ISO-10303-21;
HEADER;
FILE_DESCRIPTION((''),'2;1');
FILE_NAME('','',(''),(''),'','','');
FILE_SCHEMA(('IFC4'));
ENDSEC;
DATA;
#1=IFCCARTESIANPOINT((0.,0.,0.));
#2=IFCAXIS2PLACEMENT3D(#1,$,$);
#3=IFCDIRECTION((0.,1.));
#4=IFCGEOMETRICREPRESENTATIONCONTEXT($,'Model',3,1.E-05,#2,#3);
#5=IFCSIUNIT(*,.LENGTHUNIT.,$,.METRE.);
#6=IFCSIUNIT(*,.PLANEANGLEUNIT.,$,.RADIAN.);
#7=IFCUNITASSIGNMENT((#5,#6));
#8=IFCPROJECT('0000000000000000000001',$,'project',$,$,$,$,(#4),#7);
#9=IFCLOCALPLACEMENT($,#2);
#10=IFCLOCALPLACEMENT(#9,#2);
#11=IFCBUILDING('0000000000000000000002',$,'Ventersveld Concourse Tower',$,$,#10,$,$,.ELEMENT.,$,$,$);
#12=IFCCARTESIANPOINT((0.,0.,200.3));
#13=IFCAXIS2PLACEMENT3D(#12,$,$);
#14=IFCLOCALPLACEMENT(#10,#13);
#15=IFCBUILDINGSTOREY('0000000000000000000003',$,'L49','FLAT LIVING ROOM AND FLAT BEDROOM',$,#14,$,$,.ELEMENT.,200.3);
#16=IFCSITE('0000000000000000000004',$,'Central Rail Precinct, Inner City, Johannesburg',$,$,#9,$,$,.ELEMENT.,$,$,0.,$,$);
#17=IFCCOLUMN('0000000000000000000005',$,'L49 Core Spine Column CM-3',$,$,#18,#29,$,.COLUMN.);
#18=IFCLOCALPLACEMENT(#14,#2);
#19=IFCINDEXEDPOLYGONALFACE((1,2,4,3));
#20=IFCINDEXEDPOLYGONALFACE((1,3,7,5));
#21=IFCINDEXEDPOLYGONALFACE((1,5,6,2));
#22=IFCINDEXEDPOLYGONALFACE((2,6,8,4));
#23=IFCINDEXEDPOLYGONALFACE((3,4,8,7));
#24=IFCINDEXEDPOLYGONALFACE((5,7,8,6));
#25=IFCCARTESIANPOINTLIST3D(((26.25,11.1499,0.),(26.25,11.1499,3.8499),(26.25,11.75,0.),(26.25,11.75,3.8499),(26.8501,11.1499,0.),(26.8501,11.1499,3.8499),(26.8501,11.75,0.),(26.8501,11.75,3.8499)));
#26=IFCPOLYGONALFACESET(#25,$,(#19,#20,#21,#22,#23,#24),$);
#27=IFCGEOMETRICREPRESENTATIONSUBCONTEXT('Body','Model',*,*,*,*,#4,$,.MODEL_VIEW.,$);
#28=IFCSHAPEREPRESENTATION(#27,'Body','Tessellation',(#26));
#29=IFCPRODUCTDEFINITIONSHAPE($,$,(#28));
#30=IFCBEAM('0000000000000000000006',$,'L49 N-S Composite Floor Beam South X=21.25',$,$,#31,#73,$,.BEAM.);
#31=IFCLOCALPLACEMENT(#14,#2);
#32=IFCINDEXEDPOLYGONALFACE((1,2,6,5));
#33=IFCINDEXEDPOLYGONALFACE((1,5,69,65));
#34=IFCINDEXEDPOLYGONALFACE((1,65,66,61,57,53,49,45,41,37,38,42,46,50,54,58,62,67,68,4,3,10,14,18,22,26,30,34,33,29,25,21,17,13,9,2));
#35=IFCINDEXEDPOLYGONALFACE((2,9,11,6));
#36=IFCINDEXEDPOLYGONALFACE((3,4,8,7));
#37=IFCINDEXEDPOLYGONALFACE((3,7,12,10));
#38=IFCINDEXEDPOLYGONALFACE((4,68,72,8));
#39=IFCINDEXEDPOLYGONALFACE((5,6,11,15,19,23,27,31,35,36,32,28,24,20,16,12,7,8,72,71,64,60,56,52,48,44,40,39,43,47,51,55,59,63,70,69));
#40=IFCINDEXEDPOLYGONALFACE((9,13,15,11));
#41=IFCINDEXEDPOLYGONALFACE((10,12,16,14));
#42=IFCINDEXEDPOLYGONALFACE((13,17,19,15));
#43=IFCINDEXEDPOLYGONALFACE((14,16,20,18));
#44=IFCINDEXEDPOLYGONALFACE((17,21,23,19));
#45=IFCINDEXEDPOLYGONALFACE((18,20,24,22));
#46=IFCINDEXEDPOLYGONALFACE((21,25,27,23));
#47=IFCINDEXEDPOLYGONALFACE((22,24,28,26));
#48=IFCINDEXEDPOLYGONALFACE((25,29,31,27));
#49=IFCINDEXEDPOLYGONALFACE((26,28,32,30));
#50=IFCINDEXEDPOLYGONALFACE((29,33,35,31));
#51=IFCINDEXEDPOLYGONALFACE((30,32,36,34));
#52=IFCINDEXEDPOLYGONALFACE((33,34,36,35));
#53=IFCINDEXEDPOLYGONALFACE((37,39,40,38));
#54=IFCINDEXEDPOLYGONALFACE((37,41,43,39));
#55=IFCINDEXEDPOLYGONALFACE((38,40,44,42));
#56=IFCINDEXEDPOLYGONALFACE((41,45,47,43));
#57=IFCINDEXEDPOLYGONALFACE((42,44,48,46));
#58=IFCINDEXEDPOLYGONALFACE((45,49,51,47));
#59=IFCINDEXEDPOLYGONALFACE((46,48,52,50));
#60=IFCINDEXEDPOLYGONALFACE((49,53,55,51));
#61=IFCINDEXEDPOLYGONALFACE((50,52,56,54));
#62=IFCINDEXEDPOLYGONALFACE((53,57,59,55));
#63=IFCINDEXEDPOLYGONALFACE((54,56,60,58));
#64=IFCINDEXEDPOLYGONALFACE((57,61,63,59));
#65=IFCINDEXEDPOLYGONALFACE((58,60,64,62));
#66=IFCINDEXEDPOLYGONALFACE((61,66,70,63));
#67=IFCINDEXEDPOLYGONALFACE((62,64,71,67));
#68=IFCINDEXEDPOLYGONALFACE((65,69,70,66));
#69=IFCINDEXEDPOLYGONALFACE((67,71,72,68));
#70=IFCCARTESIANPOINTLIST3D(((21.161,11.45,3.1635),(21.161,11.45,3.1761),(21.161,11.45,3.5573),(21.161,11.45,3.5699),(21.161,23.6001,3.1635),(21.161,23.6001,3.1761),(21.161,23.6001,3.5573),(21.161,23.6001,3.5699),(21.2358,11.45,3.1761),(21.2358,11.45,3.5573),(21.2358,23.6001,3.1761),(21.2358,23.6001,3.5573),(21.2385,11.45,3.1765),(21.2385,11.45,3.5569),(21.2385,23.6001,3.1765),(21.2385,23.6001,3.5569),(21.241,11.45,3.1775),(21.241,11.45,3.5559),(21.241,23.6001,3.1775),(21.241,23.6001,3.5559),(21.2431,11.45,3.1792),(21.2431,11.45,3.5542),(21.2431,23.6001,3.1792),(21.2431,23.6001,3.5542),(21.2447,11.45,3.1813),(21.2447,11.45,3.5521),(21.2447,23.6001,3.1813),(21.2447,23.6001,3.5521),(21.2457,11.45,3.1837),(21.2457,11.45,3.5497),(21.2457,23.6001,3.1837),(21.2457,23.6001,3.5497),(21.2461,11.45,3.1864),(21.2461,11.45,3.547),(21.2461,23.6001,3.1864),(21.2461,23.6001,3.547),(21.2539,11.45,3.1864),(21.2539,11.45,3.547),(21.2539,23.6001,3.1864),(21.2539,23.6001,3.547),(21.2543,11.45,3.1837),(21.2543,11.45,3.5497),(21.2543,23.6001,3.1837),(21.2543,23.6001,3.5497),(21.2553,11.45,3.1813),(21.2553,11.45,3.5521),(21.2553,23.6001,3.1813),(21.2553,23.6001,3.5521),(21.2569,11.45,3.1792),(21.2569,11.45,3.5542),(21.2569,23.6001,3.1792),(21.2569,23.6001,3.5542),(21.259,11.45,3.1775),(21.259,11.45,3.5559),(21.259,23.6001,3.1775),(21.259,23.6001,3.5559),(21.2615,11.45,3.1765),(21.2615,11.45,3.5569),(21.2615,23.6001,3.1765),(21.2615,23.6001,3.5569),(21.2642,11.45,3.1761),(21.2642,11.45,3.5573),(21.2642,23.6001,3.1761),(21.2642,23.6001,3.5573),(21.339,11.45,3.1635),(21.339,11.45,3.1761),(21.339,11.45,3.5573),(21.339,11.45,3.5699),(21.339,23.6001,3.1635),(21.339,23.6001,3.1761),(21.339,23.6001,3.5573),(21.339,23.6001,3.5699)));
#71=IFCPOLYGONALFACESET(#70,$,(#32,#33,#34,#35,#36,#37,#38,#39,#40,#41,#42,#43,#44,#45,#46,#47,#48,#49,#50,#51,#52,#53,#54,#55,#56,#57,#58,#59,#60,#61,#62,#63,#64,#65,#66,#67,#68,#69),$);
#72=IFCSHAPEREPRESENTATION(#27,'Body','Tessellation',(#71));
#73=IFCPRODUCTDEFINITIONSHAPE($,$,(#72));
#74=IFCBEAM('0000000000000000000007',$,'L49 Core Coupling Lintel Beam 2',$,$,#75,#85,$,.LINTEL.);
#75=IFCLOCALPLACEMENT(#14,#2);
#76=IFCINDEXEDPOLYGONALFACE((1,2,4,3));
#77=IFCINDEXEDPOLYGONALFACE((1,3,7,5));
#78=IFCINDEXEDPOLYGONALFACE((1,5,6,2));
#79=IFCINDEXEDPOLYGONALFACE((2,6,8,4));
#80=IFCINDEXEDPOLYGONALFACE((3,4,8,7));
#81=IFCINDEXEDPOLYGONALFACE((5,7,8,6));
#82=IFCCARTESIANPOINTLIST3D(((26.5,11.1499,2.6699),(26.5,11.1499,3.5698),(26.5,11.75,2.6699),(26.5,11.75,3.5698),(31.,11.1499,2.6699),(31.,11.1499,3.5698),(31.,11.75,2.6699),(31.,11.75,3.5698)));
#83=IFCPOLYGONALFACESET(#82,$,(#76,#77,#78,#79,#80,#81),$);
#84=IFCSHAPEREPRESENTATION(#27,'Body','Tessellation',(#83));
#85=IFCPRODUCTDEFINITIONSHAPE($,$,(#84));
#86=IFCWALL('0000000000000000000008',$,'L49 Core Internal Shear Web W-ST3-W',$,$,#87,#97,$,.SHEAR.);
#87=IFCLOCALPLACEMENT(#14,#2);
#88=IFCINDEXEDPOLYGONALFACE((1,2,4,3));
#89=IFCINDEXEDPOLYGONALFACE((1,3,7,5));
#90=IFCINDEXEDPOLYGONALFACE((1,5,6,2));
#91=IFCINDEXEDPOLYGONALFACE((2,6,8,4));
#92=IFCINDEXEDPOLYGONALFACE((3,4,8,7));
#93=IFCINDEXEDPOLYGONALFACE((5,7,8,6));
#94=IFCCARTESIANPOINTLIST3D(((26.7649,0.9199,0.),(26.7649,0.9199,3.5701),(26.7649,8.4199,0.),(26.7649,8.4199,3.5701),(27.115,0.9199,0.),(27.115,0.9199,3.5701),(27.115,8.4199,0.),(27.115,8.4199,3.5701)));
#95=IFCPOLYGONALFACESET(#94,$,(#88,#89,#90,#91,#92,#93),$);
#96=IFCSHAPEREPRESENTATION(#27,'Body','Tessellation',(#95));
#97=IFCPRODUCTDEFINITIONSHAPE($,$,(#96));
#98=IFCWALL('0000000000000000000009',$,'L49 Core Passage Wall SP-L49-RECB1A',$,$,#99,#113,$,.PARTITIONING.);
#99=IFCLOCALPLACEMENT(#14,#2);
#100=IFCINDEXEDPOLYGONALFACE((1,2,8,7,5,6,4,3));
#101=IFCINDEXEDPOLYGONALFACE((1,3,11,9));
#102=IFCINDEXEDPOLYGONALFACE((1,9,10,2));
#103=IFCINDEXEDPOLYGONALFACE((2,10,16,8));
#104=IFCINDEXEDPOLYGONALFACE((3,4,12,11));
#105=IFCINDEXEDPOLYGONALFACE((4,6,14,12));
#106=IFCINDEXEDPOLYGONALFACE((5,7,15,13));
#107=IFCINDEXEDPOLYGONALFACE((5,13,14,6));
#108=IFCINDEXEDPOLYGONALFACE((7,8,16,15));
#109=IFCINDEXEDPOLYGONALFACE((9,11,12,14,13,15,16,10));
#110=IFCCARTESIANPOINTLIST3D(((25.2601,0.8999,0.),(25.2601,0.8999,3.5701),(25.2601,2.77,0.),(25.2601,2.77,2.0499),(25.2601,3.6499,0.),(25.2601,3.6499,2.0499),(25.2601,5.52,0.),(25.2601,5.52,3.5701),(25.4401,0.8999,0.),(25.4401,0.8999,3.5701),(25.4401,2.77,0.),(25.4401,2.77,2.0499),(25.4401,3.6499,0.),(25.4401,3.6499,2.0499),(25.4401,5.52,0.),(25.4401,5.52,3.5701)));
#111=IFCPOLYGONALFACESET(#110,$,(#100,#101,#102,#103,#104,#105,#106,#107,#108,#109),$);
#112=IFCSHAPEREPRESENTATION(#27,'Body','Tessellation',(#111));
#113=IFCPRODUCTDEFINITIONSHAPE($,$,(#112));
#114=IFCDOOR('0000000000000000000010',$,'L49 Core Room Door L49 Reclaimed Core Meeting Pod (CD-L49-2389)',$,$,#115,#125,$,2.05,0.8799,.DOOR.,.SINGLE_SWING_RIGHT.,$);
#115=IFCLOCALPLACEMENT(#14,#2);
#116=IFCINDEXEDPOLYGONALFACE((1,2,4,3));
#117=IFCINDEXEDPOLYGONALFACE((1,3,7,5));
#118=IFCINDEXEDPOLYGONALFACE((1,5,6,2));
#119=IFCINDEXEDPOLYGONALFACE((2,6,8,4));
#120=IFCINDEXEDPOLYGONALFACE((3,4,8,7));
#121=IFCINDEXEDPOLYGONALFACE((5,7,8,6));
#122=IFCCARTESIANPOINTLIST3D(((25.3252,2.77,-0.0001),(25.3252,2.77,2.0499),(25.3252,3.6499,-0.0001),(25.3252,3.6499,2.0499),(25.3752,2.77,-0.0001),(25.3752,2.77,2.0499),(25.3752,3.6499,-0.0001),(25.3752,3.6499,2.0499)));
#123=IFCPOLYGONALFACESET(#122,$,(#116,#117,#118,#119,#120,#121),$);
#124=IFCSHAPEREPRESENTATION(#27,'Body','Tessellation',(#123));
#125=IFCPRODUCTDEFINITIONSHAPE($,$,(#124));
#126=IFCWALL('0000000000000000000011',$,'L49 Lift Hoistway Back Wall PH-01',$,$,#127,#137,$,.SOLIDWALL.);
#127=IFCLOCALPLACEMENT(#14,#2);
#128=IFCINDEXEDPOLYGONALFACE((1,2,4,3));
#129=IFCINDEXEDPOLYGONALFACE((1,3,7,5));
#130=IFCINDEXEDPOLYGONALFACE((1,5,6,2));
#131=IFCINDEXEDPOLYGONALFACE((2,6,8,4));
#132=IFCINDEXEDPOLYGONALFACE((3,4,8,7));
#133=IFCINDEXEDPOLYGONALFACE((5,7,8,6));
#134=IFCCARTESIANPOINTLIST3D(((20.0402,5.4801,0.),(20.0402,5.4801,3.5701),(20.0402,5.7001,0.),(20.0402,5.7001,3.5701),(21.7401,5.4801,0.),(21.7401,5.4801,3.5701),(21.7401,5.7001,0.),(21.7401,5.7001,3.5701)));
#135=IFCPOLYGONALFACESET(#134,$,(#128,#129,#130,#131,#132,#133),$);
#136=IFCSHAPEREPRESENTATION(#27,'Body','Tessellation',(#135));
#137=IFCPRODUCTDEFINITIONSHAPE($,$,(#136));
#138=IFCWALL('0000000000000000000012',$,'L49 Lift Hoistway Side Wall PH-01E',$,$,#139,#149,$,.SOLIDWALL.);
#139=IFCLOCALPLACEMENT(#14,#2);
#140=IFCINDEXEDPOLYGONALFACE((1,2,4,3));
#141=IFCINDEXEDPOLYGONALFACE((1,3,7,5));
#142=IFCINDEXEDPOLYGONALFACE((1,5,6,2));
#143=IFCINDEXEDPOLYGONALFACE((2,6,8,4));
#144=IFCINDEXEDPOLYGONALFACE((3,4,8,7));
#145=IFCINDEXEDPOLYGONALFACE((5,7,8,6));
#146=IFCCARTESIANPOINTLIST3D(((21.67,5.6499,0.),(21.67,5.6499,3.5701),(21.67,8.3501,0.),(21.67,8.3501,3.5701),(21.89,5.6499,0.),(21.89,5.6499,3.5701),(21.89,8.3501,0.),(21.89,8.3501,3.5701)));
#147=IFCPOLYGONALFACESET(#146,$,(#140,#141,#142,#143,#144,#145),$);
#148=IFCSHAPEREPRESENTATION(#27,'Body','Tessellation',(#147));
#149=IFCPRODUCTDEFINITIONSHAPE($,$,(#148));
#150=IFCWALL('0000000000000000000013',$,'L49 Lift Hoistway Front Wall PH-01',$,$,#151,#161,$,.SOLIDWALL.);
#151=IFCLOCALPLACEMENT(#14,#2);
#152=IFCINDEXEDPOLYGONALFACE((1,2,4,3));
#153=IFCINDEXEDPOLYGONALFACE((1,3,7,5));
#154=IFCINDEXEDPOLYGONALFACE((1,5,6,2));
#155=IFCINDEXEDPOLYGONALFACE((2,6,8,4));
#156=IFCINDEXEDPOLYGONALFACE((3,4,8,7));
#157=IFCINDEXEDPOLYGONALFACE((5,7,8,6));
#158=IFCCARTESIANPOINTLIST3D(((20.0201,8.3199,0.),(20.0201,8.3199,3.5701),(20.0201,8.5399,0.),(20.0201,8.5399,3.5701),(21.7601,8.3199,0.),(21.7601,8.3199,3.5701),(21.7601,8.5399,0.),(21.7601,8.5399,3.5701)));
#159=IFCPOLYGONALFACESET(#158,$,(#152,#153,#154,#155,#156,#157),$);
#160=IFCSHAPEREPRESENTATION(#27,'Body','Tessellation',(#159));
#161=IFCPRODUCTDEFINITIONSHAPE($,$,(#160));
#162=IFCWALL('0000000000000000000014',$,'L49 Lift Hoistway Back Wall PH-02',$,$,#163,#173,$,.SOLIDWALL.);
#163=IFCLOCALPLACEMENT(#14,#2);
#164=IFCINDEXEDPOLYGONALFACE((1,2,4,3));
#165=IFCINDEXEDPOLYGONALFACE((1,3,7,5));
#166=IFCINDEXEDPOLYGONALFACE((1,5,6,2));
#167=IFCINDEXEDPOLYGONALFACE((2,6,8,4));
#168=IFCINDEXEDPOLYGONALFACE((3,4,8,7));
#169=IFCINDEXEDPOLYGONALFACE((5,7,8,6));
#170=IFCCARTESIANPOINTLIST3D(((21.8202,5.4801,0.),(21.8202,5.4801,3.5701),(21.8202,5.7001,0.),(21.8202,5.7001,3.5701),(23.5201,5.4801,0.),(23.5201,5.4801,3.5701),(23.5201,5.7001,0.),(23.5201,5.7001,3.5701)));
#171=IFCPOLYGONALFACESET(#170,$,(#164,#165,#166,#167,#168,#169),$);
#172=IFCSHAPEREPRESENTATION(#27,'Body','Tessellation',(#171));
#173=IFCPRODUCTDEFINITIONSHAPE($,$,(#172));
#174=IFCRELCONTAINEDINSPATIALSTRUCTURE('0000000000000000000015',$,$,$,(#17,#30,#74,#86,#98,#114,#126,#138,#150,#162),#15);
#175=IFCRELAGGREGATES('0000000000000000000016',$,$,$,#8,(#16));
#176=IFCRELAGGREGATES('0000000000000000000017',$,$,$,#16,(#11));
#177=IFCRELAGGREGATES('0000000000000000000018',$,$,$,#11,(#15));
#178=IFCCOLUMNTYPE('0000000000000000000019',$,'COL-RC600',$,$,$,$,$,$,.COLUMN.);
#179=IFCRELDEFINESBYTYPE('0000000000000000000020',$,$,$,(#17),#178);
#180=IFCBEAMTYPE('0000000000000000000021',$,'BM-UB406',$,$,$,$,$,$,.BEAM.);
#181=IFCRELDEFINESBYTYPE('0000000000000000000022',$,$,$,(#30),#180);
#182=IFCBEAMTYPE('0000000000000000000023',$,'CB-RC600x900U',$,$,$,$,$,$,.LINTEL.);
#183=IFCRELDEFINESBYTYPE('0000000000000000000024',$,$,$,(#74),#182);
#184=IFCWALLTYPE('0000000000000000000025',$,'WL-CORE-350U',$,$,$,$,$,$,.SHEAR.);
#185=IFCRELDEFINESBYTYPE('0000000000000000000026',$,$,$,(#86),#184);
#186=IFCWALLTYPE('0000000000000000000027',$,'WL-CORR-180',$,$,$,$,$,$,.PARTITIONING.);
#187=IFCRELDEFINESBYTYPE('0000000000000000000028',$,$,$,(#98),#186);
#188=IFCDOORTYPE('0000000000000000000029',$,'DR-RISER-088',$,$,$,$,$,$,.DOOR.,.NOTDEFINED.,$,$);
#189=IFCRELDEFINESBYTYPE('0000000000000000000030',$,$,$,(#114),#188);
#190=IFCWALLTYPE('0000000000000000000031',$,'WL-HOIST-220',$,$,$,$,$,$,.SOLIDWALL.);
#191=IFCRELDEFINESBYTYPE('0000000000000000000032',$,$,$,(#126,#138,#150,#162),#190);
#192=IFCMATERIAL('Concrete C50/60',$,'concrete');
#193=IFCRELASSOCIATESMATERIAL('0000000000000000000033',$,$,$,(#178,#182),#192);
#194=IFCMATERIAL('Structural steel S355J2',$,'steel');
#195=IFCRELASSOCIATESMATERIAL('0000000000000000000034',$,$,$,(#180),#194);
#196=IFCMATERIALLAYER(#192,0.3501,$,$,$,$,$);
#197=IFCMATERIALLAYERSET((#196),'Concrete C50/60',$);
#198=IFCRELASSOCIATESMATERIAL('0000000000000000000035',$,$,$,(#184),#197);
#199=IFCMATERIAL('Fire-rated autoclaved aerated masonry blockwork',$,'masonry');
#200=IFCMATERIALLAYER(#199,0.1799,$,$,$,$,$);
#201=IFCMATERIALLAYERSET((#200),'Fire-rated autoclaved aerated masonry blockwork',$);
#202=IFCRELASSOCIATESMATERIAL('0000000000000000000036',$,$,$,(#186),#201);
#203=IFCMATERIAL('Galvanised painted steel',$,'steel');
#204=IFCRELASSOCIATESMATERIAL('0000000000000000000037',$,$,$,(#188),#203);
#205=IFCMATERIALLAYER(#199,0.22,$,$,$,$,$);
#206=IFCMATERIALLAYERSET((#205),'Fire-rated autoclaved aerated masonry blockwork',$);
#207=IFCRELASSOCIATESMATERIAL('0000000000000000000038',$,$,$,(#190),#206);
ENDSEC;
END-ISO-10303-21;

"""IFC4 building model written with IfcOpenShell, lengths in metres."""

from ifc_helpers import new_model, si_unit, direction, frame, frame_2d, origin, origin_2d, place, context, subcontext, project, spatial, rectangle, i_section, extrude, material, layer, layer_set, material_profile, profile_set, type_object, element, fill, save


model = new_model("IFC4")

# Units and contexts
model_context = context("Model", 3, precision=1e-05, world=origin(), true_north=direction((0.0, 1.0)))
body_context = subcontext(model_context, "Body", "Model", "MODEL_VIEW")
ifc_project = project(units=[si_unit("LENGTHUNIT", "METRE"), si_unit("PLANEANGLEUNIT", "RADIAN")], contexts=[model_context])

# Site, building, storey
site_placement = place(None, origin())
site = spatial("IfcSite", under=ifc_project, at=site_placement, Name="Central Rail Precinct, Inner City, Johannesburg", CompositionType="ELEMENT", RefElevation=0.0)
building_placement = place(site_placement, origin())
building = spatial("IfcBuilding", under=site, at=building_placement, Name="Ventersveld Concourse Tower", CompositionType="ELEMENT")
storey_placement = place(building_placement, frame((0.0, 0.0, 200.3)))
storey = spatial("IfcBuildingStorey", under=building, at=storey_placement, Name="L49", Description="FLAT LIVING ROOM AND FLAT BEDROOM", CompositionType="ELEMENT", Elevation=200.3)

# Column
ifc_material_1 = material(Name="Concrete C50/60", Category="concrete")
ifc_material_profile_1 = material_profile(ifc_material_1, rectangle(XDim=0.6001, YDim=0.6001, at=origin_2d()), Name="RC 600x600")
ifc_profile_set_1 = profile_set([ifc_material_profile_1], Name="Concrete C50/60")
column_type = type_object("IfcColumnType", Name="COL-RC600", PredefinedType="COLUMN", material=ifc_profile_set_1)
column_placement = place(storey_placement, frame((26.55, 11.45, 0.0), z_axis=(0.0, 0.0, 1.0), x_axis=(1.0, 0.0, 0.0)))
element("IfcColumn", 1, at=column_placement, inside=storey, type_object=column_type, Name="L49 Core Spine Column CM-3", PredefinedType="COLUMN", context=body_context, shape_type="SweptSolid", body=[
    extrude(rectangle(XDim=0.6001, YDim=0.6001, at=origin_2d()), origin(), (0.0, 0.0, 1.0), 3.8499),
])

# Beams
ifc_material_2 = material(Name="Structural steel S355J2", Category="steel")
ifc_material_profile_2 = material_profile(ifc_material_2, i_section(OverallWidth=0.178, OverallDepth=0.4065, WebThickness=0.0078, FlangeThickness=0.0127, FilletRadius=0.0103, at=origin_2d()), Name="UB 406x178x60")
ifc_profile_set_2 = profile_set([ifc_material_profile_2], Name="Structural steel S355J2")
beam_type_1 = type_object("IfcBeamType", Name="BM-UB406", PredefinedType="BEAM", material=ifc_profile_set_2)
beam_1_placement = place(storey_placement, frame((21.25, 11.45, 3.3667), z_axis=(0.0, 1.0, 0.0), x_axis=(-1.0, 0.0, 0.0)))
element("IfcBeam", 2, at=beam_1_placement, inside=storey, type_object=beam_type_1, Name="L49 N-S Composite Floor Beam South X=21.25", PredefinedType="BEAM", context=body_context, shape_type="SweptSolid", body=[
    extrude(i_section(OverallWidth=0.178, OverallDepth=0.4065, WebThickness=0.0078, FlangeThickness=0.0127, FilletRadius=0.0103, at=origin_2d()), origin(), (0.0, 0.0, 1.0), 12.1501),
])
ifc_material_profile_3 = material_profile(ifc_material_1, rectangle(XDim=0.6001, YDim=0.8999, at=origin_2d()), Name="RC 600x900")
ifc_profile_set_3 = profile_set([ifc_material_profile_3], Name="Concrete C50/60")
beam_type_2 = type_object("IfcBeamType", Name="CB-RC600x900U", PredefinedType="LINTEL", material=ifc_profile_set_3)
beam_2_placement = place(storey_placement, frame((26.5, 11.45, 3.1199), z_axis=(1.0, 0.0, 0.0), x_axis=(0.0, 1.0, 0.0)))
element("IfcBeam", 3, at=beam_2_placement, inside=storey, type_object=beam_type_2, Name="L49 Core Coupling Lintel Beam 2", PredefinedType="LINTEL", context=body_context, shape_type="SweptSolid", body=[
    extrude(rectangle(XDim=0.6001, YDim=0.8999, at=origin_2d()), origin(), (0.0, 0.0, 1.0), 4.5),
])

# Wall
ifc_layer_1 = layer(ifc_material_1, 0.3501)
ifc_layer_set_1 = layer_set([ifc_layer_1], Name="Concrete C50/60")
wall_type_1 = type_object("IfcWallType", Name="WL-CORE-350U", PredefinedType="SHEAR", material=ifc_layer_set_1)
wall_1_placement = place(storey_placement, frame((26.9399, 0.9199, 0.0), z_axis=(0.0, 0.0, 1.0), x_axis=(0.0, 1.0, 0.0)))
element("IfcWall", 4, at=wall_1_placement, inside=storey, type_object=wall_type_1, Name="L49 Core Internal Shear Web W-ST3-W", PredefinedType="SHEAR", context=body_context, shape_type="SweptSolid", body=[
    extrude(rectangle(XDim=7.5, YDim=0.3501, at=frame_2d((3.75, 0.0))), origin(), (0.0, 0.0, 1.0), 3.5701),
])

# Wall, opening, door
ifc_material_3 = material(Name="Fire-rated autoclaved aerated masonry blockwork", Category="masonry")
ifc_layer_2 = layer(ifc_material_3, 0.1799)
ifc_layer_set_2 = layer_set([ifc_layer_2], Name="Fire-rated autoclaved aerated masonry blockwork")
wall_type_2 = type_object("IfcWallType", Name="WL-CORR-180", PredefinedType="PARTITIONING", material=ifc_layer_set_2)
wall_2_placement = place(storey_placement, frame((25.3501, 0.8999, 0.0), z_axis=(0.0, 0.0, 1.0), x_axis=(0.0, 1.0, 0.0)))
wall_2 = element("IfcWall", 5, at=wall_2_placement, inside=storey, type_object=wall_type_2, Name="L49 Core Passage Wall SP-L49-RECB1A", PredefinedType="PARTITIONING", context=body_context, shape_type="SweptSolid", body=[
    extrude(rectangle(XDim=4.6201, YDim=0.1799, at=frame_2d((2.3101, 0.0))), origin(), (0.0, 0.0, 1.0), 3.5701),
])
opening_1_placement = place(wall_2_placement, frame((1.8701, 0.0, 0.0)))
opening_1 = element("IfcOpeningElement", 6, at=opening_1_placement, cuts=wall_2, PredefinedType="OPENING", context=body_context, shape_type="SweptSolid", body=[
    extrude(rectangle(XDim=0.8799, YDim=2.05, at=frame_2d((0.4399, 1.0249))), frame((0.0, 0.1001, 0.0), z_axis=(0.0, -1.0, 0.0), x_axis=(1.0, 0.0, 0.0)), (0.0, 0.0, 1.0), 0.2),
])
ifc_material_4 = material(Name="Galvanised painted steel", Category="steel")
door_type_1 = type_object("IfcDoorType", Name="DR-RISER-088", OperationType="NOTDEFINED", PredefinedType="DOOR", material=ifc_material_4)
door_1_placement = place(opening_1_placement, origin())
door_1 = element("IfcDoor", 7, at=door_1_placement, inside=storey, type_object=door_type_1, Name="L49 Core Room Door L49 Reclaimed Core Meeting Pod (CD-L49-2389)", OperationType="SINGLE_SWING_RIGHT", OverallHeight=2.05, OverallWidth=0.8799, PredefinedType="DOOR", context=body_context, shape_type="SweptSolid", body=[
    extrude(rectangle(XDim=0.8799, YDim=2.05, at=frame_2d((0.4399, 1.0249))), frame((0.0, 0.0249, 0.0), z_axis=(0.0, -1.0, 0.0), x_axis=(1.0, 0.0, 0.0)), (0.0, 0.0, 1.0), 0.05),
])
fill(opening_1, door_1)

# Walls
ifc_layer_3 = layer(ifc_material_3, 0.22)
ifc_layer_set_3 = layer_set([ifc_layer_3], Name="Fire-rated autoclaved aerated masonry blockwork")
wall_type_3 = type_object("IfcWallType", Name="WL-HOIST-220", PredefinedType="SOLIDWALL", material=ifc_layer_set_3)
wall_3_placement = place(storey_placement, frame((20.04, 5.5901, 0.0), z_axis=(0.0, 0.0, 1.0), x_axis=(1.0, 0.0, 0.0)))
element("IfcWall", 8, at=wall_3_placement, inside=storey, type_object=wall_type_3, Name="L49 Lift Hoistway Back Wall PH-01", PredefinedType="SOLIDWALL", context=body_context, shape_type="SweptSolid", body=[
    extrude(rectangle(XDim=1.7, YDim=0.22, at=frame_2d((0.8501, 0.0))), origin(), (0.0, 0.0, 1.0), 3.5701),
])
wall_4_placement = place(storey_placement, frame((21.78, 5.6499, 0.0), z_axis=(0.0, 0.0, 1.0), x_axis=(0.0, 1.0, 0.0)))
element("IfcWall", 9, at=wall_4_placement, inside=storey, type_object=wall_type_3, Name="L49 Lift Hoistway Side Wall PH-01E", PredefinedType="SOLIDWALL", context=body_context, shape_type="SweptSolid", body=[
    extrude(rectangle(XDim=2.7002, YDim=0.22, at=frame_2d((1.3501, 0.0))), origin(), (0.0, 0.0, 1.0), 3.5701),
])
wall_5_placement = place(storey_placement, frame((20.02, 8.4299, 0.0), z_axis=(0.0, 0.0, 1.0), x_axis=(1.0, 0.0, 0.0)))
element("IfcWall", 10, at=wall_5_placement, inside=storey, type_object=wall_type_3, Name="L49 Lift Hoistway Front Wall PH-01", PredefinedType="SOLIDWALL", context=body_context, shape_type="SweptSolid", body=[
    extrude(rectangle(XDim=1.74, YDim=0.22, at=frame_2d((0.8701, 0.0))), origin(), (0.0, 0.0, 1.0), 3.5701),
])
wall_6_placement = place(storey_placement, frame((21.8201, 5.5901, 0.0), z_axis=(0.0, 0.0, 1.0), x_axis=(1.0, 0.0, 0.0)))
element("IfcWall", 11, at=wall_6_placement, inside=storey, type_object=wall_type_3, Name="L49 Lift Hoistway Back Wall PH-02", PredefinedType="SOLIDWALL", context=body_context, shape_type="SweptSolid", body=[
    extrude(rectangle(XDim=1.7, YDim=0.22, at=frame_2d((0.8501, 0.0))), origin(), (0.0, 0.0, 1.0), 3.5701),
])

save(model, "model.ifc")
